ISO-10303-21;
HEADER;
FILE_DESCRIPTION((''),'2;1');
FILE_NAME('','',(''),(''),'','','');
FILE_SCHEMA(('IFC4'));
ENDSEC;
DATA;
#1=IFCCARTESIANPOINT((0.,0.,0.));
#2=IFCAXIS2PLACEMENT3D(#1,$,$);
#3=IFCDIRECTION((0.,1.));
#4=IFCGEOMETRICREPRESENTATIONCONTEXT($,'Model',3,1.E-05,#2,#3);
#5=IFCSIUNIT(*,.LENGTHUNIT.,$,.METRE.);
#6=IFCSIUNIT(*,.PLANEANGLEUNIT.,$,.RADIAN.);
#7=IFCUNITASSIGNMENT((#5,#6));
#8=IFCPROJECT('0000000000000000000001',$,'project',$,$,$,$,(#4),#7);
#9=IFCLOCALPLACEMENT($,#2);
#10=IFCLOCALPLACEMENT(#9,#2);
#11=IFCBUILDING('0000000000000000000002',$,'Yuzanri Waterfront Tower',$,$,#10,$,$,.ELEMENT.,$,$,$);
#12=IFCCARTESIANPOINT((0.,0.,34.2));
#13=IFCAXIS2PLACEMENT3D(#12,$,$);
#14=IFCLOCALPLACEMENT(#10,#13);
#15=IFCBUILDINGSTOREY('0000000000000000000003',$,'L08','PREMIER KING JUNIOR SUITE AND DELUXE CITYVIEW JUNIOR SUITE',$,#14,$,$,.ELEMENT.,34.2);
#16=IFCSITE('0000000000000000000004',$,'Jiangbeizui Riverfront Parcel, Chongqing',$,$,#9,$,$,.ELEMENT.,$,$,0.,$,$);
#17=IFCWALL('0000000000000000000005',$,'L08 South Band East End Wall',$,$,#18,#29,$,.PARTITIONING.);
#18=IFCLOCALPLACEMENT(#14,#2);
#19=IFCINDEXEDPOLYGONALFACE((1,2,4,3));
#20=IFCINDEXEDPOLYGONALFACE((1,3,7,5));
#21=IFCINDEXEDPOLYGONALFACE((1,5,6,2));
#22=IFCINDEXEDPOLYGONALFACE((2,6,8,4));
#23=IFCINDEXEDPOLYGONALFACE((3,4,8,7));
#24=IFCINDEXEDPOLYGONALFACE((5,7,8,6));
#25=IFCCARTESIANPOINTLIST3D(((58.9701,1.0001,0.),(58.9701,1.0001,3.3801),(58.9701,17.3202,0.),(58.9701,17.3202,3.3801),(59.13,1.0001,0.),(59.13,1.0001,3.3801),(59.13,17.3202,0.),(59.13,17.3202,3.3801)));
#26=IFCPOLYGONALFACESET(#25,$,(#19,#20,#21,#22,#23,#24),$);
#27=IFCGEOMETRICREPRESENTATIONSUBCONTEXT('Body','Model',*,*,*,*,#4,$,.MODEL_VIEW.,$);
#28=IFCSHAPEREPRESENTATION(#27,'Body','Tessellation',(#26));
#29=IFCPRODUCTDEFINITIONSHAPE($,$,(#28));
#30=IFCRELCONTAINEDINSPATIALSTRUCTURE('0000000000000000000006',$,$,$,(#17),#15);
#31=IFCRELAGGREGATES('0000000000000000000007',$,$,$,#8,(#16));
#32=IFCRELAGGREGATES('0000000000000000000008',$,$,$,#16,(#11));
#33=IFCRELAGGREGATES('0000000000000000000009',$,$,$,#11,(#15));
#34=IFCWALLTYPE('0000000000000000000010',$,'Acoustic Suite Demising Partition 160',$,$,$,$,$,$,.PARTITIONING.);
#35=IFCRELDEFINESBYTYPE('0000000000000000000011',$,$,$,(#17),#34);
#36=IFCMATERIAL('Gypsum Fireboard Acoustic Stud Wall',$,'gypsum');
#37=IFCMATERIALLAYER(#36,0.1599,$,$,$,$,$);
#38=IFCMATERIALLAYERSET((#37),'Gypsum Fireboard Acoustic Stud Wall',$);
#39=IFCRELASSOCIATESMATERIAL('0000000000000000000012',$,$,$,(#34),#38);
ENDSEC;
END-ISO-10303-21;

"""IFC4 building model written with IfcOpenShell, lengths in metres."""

from ifc_helpers import new_model, si_unit, direction, frame, frame_2d, origin, place, context, subcontext, project, spatial, rectangle, extrude, source, transform, mapped, material, layer, layer_set, type_object, element, save


model = new_model("IFC4")

# Units and contexts
model_context = context("Model", 3, precision=1e-05, world=origin(), true_north=direction((0.0, 1.0)))
body_context = subcontext(model_context, "Body", "Model", "MODEL_VIEW")
ifc_project = project(units=[si_unit("LENGTHUNIT", "METRE"), si_unit("PLANEANGLEUNIT", "RADIAN")], contexts=[model_context])

# Site, building, storey
site_placement = place(None, origin())
site = spatial("IfcSite", under=ifc_project, at=site_placement, Name="Jiangbeizui Riverfront Parcel, Chongqing", CompositionType="ELEMENT", RefElevation=0.0)
building_placement = place(site_placement, origin())
building = spatial("IfcBuilding", under=site, at=building_placement, Name="Yuzanri Waterfront Tower", CompositionType="ELEMENT")
storey_placement = place(building_placement, frame((0.0, 0.0, 34.2)))
storey = spatial("IfcBuildingStorey", under=building, at=storey_placement, Name="L08", Description="PREMIER KING JUNIOR SUITE AND DELUXE CITYVIEW JUNIOR SUITE", CompositionType="ELEMENT", Elevation=34.2)

# Wall
ifc_material_1 = material(Name="Gypsum Fireboard Acoustic Stud Wall", Category="gypsum")
ifc_layer_1 = layer(ifc_material_1, 0.1599)
ifc_layer_set_1 = layer_set([ifc_layer_1], Name="Gypsum Fireboard Acoustic Stud Wall")
wall_type_1 = type_object("IfcWallType", Name="Acoustic Suite Demising Partition 160", PredefinedType="PARTITIONING", material=ifc_layer_set_1)
shared_shape_1 = source(origin(), body_context, "Body", "SweptSolid", [
    extrude(rectangle(XDim=16.3201, YDim=0.1599, at=frame_2d((8.1602, 0.0))), origin(), (0.0, 0.0, 1.0), 3.3801),
])
wall_1_placement = place(storey_placement, frame((59.05, 1.0, 0.0), z_axis=(0.0, 0.0, 1.0), x_axis=(0.0, 1.0, 0.0)))
element("IfcWall", 1, at=wall_1_placement, inside=storey, type_object=wall_type_1, Name="L08 South Band East End Wall", PredefinedType="PARTITIONING", context=body_context, shape_type="MappedRepresentation", body=[
    mapped(shared_shape_1, transform((0.0, 0.0, 0.0), scale=1.0)),
])

save(model, "model.ifc")
